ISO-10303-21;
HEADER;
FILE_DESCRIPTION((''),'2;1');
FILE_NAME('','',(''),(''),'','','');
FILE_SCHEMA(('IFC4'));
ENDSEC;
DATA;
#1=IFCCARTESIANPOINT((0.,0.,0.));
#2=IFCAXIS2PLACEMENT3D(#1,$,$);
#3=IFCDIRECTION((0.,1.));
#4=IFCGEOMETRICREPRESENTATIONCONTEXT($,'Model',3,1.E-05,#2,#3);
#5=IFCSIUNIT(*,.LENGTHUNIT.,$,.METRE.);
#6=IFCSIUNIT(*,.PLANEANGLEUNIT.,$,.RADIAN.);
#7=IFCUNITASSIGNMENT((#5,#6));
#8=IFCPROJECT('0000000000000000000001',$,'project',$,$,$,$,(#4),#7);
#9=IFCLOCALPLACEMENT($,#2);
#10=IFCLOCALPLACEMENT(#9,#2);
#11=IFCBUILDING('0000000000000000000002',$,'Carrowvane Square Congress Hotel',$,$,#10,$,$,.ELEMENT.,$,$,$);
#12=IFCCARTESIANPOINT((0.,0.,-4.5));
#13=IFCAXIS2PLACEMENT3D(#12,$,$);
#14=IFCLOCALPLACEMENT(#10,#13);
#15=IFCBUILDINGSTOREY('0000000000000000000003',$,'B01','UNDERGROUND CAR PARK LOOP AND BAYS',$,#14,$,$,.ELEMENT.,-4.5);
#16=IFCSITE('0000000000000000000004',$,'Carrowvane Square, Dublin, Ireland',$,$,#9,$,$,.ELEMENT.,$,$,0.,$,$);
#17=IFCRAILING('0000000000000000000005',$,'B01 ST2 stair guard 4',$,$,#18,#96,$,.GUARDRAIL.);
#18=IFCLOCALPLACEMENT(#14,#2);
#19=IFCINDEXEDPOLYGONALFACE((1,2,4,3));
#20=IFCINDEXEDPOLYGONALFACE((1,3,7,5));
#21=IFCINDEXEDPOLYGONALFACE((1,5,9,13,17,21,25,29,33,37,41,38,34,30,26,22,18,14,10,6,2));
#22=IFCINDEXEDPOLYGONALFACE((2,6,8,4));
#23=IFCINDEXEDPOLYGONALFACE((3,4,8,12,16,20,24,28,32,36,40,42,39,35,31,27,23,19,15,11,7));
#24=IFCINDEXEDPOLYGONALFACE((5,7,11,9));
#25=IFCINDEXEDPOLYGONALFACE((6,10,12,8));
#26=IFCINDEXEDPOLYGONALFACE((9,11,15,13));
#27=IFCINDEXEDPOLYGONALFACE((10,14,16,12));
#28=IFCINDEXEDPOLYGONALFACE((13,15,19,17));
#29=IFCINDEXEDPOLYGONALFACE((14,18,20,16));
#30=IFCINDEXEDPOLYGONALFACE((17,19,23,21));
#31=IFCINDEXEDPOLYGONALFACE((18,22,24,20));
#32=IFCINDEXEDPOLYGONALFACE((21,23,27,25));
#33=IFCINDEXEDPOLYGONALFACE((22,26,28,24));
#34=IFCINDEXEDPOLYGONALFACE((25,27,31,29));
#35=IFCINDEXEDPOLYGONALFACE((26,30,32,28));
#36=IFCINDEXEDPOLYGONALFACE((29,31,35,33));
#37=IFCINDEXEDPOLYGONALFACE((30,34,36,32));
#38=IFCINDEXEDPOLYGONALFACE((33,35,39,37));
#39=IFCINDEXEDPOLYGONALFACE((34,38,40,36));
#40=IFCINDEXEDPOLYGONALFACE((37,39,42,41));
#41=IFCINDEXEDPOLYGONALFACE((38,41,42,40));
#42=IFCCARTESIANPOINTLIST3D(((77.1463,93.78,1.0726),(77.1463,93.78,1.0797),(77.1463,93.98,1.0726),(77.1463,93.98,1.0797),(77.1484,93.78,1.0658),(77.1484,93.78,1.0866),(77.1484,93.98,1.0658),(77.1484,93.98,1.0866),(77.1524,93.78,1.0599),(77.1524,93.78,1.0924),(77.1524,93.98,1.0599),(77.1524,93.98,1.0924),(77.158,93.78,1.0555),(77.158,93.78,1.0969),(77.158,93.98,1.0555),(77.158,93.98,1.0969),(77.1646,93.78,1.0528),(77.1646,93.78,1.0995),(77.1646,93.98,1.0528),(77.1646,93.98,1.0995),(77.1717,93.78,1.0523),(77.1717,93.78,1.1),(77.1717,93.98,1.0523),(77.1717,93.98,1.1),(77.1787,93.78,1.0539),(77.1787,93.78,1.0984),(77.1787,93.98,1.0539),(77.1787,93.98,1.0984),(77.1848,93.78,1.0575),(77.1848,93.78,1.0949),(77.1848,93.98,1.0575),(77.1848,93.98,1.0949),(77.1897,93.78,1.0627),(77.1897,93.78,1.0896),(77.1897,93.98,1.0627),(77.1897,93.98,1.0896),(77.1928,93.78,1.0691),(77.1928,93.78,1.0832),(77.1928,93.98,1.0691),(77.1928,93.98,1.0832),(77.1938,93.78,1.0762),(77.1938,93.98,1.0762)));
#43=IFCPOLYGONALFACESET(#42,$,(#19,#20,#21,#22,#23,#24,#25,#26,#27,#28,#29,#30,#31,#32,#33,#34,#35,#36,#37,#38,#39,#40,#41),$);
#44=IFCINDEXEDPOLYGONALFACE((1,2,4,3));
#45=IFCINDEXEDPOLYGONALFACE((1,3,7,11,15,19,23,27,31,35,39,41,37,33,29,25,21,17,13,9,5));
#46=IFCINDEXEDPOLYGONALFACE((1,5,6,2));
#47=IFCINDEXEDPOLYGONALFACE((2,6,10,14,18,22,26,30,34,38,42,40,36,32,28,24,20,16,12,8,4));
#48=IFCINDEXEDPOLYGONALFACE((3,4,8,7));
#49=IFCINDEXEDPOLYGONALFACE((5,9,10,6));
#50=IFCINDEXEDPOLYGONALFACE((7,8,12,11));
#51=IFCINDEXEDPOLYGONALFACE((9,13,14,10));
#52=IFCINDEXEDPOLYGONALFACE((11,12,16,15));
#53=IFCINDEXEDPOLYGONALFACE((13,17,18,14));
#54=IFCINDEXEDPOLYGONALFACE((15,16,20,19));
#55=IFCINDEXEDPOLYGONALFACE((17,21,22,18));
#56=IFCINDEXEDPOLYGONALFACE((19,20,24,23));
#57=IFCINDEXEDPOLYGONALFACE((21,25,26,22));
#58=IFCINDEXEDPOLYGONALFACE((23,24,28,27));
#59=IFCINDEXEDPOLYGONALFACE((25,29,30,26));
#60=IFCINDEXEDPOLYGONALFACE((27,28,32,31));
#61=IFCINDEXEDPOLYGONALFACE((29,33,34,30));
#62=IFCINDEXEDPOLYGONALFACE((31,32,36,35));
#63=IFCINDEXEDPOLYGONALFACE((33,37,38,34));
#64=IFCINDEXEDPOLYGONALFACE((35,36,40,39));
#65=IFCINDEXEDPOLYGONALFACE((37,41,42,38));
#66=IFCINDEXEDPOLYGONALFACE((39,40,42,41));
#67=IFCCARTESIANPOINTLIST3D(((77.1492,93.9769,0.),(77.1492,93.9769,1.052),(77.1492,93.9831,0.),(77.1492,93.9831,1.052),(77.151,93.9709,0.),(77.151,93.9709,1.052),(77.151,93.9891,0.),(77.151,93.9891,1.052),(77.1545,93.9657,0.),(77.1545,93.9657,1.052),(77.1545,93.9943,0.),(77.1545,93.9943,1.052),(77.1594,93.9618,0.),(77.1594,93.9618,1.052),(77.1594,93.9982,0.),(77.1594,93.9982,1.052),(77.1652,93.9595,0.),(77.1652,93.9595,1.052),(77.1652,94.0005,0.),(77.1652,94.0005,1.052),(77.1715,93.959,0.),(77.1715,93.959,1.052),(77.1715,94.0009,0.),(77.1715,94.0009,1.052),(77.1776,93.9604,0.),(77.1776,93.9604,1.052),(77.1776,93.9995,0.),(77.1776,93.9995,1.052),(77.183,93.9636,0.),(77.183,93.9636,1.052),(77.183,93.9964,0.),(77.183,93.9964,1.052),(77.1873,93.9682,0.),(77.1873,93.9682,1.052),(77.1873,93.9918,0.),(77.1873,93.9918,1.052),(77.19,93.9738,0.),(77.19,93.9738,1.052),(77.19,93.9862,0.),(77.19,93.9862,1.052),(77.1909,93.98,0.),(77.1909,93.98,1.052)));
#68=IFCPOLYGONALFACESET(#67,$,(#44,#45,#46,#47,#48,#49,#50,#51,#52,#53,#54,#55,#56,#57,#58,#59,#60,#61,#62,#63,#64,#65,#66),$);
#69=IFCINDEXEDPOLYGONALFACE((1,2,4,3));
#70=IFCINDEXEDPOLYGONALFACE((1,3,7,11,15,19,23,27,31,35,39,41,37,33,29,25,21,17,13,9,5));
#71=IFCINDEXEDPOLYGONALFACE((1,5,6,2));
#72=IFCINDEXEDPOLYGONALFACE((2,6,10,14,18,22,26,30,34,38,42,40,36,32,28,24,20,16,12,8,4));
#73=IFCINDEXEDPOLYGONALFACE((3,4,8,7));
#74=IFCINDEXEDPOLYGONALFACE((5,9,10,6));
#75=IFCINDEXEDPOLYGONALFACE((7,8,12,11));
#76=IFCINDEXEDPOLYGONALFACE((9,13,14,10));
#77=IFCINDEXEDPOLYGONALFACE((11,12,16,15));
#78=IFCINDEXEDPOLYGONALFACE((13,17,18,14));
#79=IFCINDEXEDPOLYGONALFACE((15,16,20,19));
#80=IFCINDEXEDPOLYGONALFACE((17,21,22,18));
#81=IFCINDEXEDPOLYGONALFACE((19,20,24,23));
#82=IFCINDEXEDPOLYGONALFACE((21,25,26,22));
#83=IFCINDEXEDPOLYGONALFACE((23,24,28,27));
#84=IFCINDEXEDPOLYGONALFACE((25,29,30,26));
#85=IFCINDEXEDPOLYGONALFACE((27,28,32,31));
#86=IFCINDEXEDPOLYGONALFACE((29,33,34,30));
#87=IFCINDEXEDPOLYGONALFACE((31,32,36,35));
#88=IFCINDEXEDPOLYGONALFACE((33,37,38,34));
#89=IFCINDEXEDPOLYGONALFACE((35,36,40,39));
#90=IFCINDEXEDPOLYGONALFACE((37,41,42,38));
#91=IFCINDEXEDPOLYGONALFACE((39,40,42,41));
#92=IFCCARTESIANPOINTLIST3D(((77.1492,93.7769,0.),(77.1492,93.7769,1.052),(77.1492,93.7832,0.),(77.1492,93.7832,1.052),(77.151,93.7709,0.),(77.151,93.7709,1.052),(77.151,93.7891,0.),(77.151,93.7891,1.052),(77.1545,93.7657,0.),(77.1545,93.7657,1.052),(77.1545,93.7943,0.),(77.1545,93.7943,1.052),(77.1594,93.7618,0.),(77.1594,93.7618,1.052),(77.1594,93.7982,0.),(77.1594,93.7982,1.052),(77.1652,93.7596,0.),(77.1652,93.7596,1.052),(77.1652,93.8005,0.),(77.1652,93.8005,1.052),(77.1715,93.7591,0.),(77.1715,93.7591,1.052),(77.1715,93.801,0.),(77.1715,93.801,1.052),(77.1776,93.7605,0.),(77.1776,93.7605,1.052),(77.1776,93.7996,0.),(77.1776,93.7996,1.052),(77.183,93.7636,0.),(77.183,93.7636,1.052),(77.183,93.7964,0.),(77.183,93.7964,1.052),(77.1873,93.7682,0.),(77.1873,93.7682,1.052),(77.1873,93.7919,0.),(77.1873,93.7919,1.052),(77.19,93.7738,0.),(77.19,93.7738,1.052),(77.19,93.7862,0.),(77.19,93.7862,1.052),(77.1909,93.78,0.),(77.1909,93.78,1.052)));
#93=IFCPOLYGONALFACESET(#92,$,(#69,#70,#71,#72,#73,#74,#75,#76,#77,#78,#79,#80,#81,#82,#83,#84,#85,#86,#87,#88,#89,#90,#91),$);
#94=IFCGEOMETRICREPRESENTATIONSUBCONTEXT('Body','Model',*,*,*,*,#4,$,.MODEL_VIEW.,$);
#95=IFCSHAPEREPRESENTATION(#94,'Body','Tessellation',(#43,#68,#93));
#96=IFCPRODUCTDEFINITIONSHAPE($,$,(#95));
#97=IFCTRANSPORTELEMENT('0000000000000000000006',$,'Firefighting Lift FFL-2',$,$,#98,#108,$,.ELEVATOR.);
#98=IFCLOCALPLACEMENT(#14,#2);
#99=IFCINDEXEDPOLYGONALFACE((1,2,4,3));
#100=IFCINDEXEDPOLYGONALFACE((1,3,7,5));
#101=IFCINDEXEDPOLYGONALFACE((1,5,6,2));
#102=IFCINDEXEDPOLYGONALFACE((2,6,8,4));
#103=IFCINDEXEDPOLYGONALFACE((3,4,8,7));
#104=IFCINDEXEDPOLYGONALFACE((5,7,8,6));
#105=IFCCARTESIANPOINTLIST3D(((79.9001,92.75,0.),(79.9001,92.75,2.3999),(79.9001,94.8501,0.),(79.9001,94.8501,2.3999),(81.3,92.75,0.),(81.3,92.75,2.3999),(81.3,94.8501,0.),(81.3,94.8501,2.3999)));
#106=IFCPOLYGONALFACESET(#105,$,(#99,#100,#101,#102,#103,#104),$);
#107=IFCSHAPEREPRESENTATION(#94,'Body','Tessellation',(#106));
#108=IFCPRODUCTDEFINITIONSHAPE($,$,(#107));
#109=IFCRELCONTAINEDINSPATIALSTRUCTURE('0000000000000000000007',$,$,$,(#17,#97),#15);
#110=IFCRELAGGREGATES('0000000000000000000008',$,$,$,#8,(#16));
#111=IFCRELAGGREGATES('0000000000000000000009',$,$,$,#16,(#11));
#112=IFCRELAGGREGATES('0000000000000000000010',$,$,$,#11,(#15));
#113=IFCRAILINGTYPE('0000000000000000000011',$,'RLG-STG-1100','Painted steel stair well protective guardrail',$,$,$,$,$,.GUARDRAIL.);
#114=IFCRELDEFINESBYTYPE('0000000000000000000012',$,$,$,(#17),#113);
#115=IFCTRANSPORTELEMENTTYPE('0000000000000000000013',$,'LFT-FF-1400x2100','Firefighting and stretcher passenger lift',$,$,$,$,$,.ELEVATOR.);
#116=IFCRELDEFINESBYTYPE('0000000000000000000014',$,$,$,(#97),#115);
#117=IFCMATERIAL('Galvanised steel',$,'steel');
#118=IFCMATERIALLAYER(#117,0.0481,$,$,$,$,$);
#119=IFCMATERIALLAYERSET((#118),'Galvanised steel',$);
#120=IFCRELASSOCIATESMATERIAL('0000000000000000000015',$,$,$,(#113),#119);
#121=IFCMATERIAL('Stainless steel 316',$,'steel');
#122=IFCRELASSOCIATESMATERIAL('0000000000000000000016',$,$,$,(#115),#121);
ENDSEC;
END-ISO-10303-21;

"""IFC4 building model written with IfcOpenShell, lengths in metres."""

from ifc_helpers import new_model, si_unit, direction, frame, origin, origin_2d, place, context, subcontext, project, spatial, rectangle, circle, extrude, material, layer, layer_set, type_object, element, save


model = new_model("IFC4")

# Units and contexts
model_context = context("Model", 3, precision=1e-05, world=origin(), true_north=direction((0.0, 1.0)))
body_context = subcontext(model_context, "Body", "Model", "MODEL_VIEW")
ifc_project = project(units=[si_unit("LENGTHUNIT", "METRE"), si_unit("PLANEANGLEUNIT", "RADIAN")], contexts=[model_context])

# Site, building, storey
site_placement = place(None, origin())
site = spatial("IfcSite", under=ifc_project, at=site_placement, Name="Carrowvane Square, Dublin, Ireland", CompositionType="ELEMENT", RefElevation=0.0)
building_placement = place(site_placement, origin())
building = spatial("IfcBuilding", under=site, at=building_placement, Name="Carrowvane Square Congress Hotel", CompositionType="ELEMENT")
storey_placement = place(building_placement, frame((0.0, 0.0, -4.5)))
storey = spatial("IfcBuildingStorey", under=building, at=storey_placement, Name="B01", Description="UNDERGROUND CAR PARK LOOP AND BAYS", CompositionType="ELEMENT", Elevation=-4.5)

# Railing
ifc_material_1 = material(Name="Galvanised steel", Category="steel")
ifc_layer_1 = layer(ifc_material_1, 0.0481)
ifc_layer_set_1 = layer_set([ifc_layer_1], Name="Galvanised steel")
railing_type_1 = type_object("IfcRailingType", Name="RLG-STG-1100", Description="Painted steel stair well protective guardrail", PredefinedType="GUARDRAIL", material=ifc_layer_set_1)
railing_1_placement = place(storey_placement, frame((77.1699, 93.98, 0.0)))
element("IfcRailing", 1, at=railing_1_placement, inside=storey, type_object=railing_type_1, Name="B01 ST2 stair guard 4", PredefinedType="GUARDRAIL", context=body_context, shape_type="SweptSolid", body=[
    extrude(circle(Radius=0.0239, at=origin_2d()), frame((0.0, 0.0, 1.0762), z_axis=(0.0, -1.0, 0.0), x_axis=(1.0, 0.0, 0.0)), (0.0, 0.0, 1.0), 0.2),
    extrude(circle(Radius=0.021, at=origin_2d()), origin(), (0.0, 0.0, 1.0), 1.052),
    extrude(circle(Radius=0.021, at=origin_2d()), frame((0.0, -0.2, 0.0)), (0.0, 0.0, 1.0), 1.052),
])

# Transport element
ifc_material_2 = material(Name="Stainless steel 316", Category="steel")
transport_element_type = type_object("IfcTransportElementType", Name="LFT-FF-1400x2100", Description="Firefighting and stretcher passenger lift", PredefinedType="ELEVATOR", material=ifc_material_2)
transport_element_placement = place(storey_placement, frame((80.6001, 93.8, 0.0), z_axis=(0.0, 0.0, 1.0), x_axis=(1.0, 0.0, 0.0)))
element("IfcTransportElement", 2, at=transport_element_placement, inside=storey, type_object=transport_element_type, Name="Firefighting Lift FFL-2", PredefinedType="ELEVATOR", context=body_context, shape_type="SweptSolid", body=[
    extrude(rectangle(XDim=1.3999, YDim=2.1001, at=origin_2d()), origin(), (0.0, 0.0, 1.0), 2.3999),
])

save(model, "model.ifc")
